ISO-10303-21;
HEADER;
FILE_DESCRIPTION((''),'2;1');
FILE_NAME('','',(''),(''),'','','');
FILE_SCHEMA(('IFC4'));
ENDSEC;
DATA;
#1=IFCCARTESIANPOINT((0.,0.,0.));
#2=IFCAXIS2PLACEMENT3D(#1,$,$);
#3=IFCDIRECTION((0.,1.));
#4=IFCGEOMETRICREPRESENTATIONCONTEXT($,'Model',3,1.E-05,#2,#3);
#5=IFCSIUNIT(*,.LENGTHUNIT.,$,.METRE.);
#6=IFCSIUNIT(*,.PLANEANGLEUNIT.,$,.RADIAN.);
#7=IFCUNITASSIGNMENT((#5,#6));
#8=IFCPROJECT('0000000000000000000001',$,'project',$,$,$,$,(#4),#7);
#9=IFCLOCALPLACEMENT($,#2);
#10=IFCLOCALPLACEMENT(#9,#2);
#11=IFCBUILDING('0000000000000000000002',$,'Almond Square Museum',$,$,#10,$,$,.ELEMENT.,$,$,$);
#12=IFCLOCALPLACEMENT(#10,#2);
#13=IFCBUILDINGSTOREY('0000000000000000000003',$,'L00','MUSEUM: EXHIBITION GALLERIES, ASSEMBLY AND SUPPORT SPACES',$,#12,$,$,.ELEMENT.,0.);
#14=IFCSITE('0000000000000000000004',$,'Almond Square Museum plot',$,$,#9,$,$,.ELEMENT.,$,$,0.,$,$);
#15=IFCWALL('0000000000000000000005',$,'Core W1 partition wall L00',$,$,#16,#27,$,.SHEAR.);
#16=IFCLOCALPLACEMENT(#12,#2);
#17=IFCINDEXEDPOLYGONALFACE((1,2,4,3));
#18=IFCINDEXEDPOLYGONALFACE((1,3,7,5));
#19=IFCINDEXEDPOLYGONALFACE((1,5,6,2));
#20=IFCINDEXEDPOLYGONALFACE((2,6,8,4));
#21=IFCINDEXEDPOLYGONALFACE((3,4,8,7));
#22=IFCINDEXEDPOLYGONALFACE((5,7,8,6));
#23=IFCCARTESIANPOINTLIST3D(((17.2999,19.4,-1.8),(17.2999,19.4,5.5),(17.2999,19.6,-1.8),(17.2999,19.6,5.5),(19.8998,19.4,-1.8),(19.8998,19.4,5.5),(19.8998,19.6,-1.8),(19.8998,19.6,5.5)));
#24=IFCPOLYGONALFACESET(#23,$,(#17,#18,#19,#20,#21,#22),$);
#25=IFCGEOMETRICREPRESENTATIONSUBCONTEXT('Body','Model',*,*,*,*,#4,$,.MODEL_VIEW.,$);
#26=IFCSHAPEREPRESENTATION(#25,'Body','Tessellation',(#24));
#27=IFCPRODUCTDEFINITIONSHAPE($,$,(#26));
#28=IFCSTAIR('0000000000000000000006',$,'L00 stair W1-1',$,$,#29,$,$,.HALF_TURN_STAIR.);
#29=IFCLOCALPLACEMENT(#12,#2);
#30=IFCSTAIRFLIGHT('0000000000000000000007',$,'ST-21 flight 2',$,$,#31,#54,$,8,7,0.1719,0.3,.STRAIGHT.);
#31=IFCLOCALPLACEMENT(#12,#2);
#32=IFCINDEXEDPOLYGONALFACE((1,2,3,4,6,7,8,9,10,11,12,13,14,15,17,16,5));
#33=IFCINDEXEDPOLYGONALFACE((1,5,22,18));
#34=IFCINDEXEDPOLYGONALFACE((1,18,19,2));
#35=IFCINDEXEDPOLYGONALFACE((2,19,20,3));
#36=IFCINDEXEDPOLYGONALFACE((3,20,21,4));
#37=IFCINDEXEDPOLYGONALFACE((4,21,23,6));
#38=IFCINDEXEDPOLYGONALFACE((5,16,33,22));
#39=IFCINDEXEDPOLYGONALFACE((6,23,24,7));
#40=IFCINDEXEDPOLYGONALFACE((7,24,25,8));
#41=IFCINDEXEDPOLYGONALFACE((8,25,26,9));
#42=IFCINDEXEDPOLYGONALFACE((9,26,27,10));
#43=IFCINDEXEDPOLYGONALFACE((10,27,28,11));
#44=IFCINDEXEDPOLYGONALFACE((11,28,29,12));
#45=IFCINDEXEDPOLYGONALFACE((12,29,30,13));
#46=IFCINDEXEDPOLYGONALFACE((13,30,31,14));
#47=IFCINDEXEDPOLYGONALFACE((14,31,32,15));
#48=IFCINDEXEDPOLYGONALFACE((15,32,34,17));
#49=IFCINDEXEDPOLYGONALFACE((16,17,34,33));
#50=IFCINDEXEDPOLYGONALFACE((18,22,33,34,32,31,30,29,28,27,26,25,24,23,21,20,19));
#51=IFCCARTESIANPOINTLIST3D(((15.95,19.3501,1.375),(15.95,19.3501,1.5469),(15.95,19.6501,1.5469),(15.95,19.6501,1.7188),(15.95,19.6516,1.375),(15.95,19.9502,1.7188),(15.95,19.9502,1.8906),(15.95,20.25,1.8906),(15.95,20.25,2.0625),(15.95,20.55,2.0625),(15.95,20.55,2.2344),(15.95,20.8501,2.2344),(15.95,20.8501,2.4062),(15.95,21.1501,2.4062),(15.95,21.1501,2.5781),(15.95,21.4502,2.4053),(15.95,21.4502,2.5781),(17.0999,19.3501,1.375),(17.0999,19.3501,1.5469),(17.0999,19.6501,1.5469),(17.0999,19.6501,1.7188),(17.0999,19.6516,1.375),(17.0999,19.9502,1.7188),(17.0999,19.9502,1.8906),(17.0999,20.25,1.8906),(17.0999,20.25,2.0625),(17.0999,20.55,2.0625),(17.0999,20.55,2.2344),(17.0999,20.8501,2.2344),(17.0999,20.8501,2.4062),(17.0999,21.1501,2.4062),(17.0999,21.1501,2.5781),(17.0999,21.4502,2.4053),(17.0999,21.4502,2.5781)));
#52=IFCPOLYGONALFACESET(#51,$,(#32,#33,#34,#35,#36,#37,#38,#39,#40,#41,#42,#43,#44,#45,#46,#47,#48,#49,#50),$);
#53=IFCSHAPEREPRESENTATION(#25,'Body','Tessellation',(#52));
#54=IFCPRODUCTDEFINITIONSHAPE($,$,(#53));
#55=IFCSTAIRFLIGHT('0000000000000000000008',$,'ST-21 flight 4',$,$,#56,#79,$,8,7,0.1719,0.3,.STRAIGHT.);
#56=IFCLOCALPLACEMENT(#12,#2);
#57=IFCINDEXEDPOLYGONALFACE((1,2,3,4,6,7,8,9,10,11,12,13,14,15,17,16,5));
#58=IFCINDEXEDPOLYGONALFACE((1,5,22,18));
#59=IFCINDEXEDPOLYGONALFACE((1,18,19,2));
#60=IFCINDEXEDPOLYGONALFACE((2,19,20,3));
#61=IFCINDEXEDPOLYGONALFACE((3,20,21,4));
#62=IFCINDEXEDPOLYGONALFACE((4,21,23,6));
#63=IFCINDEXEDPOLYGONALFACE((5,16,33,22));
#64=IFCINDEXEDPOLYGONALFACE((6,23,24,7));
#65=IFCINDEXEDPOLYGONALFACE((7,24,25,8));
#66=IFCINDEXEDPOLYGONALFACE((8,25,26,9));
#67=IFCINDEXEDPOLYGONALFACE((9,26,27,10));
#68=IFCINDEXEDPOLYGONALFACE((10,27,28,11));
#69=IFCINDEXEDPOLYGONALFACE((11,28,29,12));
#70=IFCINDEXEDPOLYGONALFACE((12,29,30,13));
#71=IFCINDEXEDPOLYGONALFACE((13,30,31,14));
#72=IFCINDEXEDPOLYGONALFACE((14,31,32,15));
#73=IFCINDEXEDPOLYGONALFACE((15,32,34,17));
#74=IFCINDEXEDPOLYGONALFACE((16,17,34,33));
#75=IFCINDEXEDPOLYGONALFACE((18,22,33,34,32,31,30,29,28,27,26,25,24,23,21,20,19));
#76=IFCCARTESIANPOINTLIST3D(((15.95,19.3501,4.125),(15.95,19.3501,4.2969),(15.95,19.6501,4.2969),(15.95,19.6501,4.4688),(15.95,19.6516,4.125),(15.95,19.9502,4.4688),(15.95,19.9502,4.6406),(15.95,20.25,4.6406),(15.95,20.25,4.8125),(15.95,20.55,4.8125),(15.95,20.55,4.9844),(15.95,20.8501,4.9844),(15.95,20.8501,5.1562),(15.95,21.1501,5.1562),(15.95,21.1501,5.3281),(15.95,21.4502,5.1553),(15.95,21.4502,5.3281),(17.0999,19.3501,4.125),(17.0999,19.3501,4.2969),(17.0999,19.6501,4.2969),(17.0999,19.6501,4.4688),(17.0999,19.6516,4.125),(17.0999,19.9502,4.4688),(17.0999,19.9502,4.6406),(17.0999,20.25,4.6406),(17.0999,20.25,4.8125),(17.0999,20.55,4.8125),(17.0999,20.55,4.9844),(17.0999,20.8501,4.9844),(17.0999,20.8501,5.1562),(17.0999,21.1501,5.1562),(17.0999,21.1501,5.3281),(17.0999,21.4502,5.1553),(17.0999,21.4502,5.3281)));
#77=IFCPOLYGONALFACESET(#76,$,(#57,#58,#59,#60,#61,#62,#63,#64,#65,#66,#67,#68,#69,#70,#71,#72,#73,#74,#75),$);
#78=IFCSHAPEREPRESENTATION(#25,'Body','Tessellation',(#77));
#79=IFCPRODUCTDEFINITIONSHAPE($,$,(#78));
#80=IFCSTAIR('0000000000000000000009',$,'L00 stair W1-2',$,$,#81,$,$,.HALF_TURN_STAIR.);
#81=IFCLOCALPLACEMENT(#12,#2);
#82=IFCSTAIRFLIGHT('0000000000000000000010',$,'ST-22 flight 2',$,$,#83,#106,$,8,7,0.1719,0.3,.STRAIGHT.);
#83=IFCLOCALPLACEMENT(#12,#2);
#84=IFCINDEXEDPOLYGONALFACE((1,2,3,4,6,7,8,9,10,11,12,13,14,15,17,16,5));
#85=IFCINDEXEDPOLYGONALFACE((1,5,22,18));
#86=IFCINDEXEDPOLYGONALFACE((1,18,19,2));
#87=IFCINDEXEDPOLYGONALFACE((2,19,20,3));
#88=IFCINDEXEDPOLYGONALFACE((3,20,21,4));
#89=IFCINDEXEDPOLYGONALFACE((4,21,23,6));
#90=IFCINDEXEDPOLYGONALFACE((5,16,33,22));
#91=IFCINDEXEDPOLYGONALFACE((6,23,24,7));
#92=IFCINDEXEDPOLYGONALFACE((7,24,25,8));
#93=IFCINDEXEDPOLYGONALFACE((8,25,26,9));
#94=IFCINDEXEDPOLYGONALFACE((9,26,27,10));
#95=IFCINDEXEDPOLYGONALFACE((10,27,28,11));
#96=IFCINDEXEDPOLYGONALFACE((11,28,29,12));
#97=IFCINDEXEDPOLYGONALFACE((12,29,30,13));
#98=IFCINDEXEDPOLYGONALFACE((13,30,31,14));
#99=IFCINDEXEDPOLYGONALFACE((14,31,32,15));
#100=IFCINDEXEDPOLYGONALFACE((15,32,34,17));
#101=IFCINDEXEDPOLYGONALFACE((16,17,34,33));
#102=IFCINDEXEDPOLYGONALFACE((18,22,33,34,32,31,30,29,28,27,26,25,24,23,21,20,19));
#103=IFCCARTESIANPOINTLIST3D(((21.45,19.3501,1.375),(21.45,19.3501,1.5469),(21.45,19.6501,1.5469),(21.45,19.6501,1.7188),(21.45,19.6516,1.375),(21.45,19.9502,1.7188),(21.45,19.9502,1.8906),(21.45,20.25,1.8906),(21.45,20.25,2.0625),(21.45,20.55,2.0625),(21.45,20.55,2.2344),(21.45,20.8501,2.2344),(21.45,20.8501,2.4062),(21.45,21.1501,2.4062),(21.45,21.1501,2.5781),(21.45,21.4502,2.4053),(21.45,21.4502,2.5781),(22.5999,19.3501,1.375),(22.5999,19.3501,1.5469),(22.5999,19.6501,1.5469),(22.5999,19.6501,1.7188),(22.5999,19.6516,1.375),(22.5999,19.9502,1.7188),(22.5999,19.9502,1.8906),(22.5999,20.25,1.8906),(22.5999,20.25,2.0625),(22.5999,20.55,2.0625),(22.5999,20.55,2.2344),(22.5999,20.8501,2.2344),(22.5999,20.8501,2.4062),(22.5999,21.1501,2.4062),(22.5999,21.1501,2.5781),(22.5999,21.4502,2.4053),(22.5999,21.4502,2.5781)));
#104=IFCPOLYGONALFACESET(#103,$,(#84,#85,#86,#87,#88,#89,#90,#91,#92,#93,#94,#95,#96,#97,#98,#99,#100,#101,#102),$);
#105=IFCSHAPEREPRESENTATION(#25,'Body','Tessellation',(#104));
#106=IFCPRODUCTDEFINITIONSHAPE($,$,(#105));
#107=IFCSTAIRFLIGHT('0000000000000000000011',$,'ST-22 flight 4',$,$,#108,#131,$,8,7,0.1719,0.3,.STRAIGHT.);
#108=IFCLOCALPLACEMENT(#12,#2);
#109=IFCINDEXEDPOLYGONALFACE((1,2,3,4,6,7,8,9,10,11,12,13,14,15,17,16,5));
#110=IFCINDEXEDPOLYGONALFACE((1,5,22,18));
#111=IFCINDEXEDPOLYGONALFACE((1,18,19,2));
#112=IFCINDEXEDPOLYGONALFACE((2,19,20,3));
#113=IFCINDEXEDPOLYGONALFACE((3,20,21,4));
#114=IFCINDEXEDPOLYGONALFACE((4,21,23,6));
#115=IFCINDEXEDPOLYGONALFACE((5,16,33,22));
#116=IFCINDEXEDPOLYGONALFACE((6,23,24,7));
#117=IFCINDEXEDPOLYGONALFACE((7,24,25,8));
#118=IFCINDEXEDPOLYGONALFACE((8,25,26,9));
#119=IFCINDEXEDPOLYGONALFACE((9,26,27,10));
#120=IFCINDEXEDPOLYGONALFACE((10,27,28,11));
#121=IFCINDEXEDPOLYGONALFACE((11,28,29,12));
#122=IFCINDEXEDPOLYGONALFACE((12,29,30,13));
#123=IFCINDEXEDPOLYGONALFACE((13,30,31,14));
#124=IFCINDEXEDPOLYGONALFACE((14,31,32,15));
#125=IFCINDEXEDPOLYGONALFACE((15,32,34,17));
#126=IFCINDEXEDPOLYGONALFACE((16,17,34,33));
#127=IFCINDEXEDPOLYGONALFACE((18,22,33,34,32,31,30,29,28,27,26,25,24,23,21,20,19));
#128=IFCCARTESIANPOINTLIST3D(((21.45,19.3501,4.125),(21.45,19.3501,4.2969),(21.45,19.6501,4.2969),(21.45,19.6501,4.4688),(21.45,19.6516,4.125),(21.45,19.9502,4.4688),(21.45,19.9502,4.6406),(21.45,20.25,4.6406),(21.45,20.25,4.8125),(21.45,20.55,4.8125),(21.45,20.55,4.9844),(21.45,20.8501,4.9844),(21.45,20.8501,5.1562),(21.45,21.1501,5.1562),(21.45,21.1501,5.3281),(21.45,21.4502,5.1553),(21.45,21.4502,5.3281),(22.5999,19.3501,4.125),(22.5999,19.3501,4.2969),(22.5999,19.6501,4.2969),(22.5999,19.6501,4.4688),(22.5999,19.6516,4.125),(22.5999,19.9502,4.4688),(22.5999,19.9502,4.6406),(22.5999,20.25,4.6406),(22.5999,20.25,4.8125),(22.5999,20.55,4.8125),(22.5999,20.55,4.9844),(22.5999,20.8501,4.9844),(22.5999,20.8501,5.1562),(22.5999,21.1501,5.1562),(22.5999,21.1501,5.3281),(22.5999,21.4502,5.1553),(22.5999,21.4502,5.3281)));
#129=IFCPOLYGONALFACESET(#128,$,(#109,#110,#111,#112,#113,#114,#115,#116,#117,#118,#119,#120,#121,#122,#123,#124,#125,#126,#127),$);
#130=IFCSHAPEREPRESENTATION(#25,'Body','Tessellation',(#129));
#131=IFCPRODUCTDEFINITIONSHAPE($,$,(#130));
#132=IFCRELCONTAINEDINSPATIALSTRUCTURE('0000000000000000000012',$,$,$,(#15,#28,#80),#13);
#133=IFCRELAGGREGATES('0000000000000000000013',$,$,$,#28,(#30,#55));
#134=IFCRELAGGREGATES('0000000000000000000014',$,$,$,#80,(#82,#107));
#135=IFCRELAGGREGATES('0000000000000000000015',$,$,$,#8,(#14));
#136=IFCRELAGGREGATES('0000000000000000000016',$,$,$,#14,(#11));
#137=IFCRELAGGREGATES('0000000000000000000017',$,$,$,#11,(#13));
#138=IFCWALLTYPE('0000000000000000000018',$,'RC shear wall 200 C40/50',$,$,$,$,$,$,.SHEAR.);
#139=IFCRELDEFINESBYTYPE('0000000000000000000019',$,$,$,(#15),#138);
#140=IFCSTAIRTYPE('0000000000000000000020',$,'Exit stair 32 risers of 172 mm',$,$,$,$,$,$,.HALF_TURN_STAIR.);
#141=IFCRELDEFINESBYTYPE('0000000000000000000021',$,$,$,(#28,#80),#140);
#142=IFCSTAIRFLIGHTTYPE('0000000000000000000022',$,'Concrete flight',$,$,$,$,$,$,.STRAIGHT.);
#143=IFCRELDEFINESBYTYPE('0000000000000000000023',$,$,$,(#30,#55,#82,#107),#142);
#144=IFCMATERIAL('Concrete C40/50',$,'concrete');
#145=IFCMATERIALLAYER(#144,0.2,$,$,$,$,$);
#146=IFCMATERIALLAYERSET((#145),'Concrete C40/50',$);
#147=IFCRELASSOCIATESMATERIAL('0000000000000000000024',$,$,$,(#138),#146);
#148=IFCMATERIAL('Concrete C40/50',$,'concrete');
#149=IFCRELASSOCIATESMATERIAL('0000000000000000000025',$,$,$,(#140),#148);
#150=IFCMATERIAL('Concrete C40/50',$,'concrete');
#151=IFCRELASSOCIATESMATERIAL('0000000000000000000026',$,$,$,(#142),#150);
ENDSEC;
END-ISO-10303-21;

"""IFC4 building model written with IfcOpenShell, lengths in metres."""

from ifc_helpers import new_model, si_unit, direction, frame, frame_2d, origin, place, context, subcontext, project, spatial, polyline, rectangle, outline, extrude, material, layer, layer_set, type_object, element, aggregate, save


model = new_model("IFC4")

# Units and contexts
model_context = context("Model", 3, precision=1e-05, world=origin(), true_north=direction((0.0, 1.0)))
body_context = subcontext(model_context, "Body", "Model", "MODEL_VIEW")
ifc_project = project(units=[si_unit("LENGTHUNIT", "METRE"), si_unit("PLANEANGLEUNIT", "RADIAN")], contexts=[model_context])

# Site, building, storey
site_placement = place(None, origin())
site = spatial("IfcSite", under=ifc_project, at=site_placement, Name="Almond Square Museum plot", CompositionType="ELEMENT", RefElevation=0.0)
building_placement = place(site_placement, origin())
building = spatial("IfcBuilding", under=site, at=building_placement, Name="Almond Square Museum", CompositionType="ELEMENT")
storey_placement = place(building_placement, origin())
storey = spatial("IfcBuildingStorey", under=building, at=storey_placement, Name="L00", Description="MUSEUM: EXHIBITION GALLERIES, ASSEMBLY AND SUPPORT SPACES", CompositionType="ELEMENT", Elevation=0.0)

# Wall
ifc_material_1 = material(Name="Concrete C40/50", Category="concrete")
ifc_layer = layer(ifc_material_1, 0.2)
ifc_layer_set = layer_set([ifc_layer], Name="Concrete C40/50")
wall_type = type_object("IfcWallType", Name="RC shear wall 200 C40/50", PredefinedType="SHEAR", material=ifc_layer_set)
wall_1_placement = place(storey_placement, frame((17.3, 19.5, -1.8), z_axis=(0.0, 0.0, 1.0), x_axis=(1.0, 0.0, 0.0)))
element("IfcWall", 1, at=wall_1_placement, inside=storey, type_object=wall_type, Name="Core W1 partition wall L00", PredefinedType="SHEAR", context=body_context, shape_type="SweptSolid", body=[
    extrude(rectangle(XDim=2.5999, YDim=0.2, at=frame_2d((1.2998, 0.0))), origin(), (0.0, 0.0, 1.0), 7.3),
])

# Stairs, stair flights
ifc_material_2 = material(Name="Concrete C40/50", Category="concrete")
stair_type = type_object("IfcStairType", Name="Exit stair 32 risers of 172 mm", PredefinedType="HALF_TURN_STAIR", material=ifc_material_2)
stair_1_placement = place(storey_placement, origin())
stair_1 = element("IfcStair", 2, at=stair_1_placement, inside=storey, type_object=stair_type, Name="L00 stair W1-1", PredefinedType="HALF_TURN_STAIR")
ifc_material_3 = material(Name="Concrete C40/50", Category="concrete")
stair_flight_type = type_object("IfcStairFlightType", Name="Concrete flight", PredefinedType="STRAIGHT", material=ifc_material_3)
stair_flight_1_placement = place(storey_placement, frame((16.5249, 19.3501, 1.375), z_axis=(0.0, 0.0, 1.0), x_axis=(0.0, 1.0, 0.0)))
stair_flight_1 = element("IfcStairFlight", 3, at=stair_flight_1_placement, type_object=stair_flight_type, Name="ST-21 flight 2", NumberOfRisers=8, NumberOfTreads=7, PredefinedType="STRAIGHT", RiserHeight=0.1719, TreadLength=0.3, context=body_context, shape_type="SweptSolid", body=[
    extrude(outline(polyline([(0.0, 0.0), (0.0, 0.1719), (0.3, 0.1719), (0.3, 0.3438), (0.6001, 0.3438), (0.6001, 0.5156), (0.8999, 0.5156), (0.8999, 0.6875), (1.2, 0.6875), (1.2, 0.8594), (1.5, 0.8594), (1.5, 1.0312), (1.8, 1.0312), (1.8, 1.2031), (2.1001, 1.2031), (2.1001, 1.375), (2.1001, 1.0303), (0.3015, 0.0), (0.0, 0.0)])), frame((0.0, 0.575, 0.0), z_axis=(0.0, -1.0, 0.0), x_axis=(1.0, 0.0, 0.0)), (0.0, 0.0, 1.0), 1.1499),
])
stair_flight_2_placement = place(storey_placement, frame((16.5249, 19.3501, 4.125), z_axis=(0.0, 0.0, 1.0), x_axis=(0.0, 1.0, 0.0)))
stair_flight_2 = element("IfcStairFlight", 4, at=stair_flight_2_placement, type_object=stair_flight_type, Name="ST-21 flight 4", NumberOfRisers=8, NumberOfTreads=7, PredefinedType="STRAIGHT", RiserHeight=0.1719, TreadLength=0.3, context=body_context, shape_type="SweptSolid", body=[
    extrude(outline(polyline([(0.0, 0.0), (0.0, 0.1719), (0.3, 0.1719), (0.3, 0.3438), (0.6001, 0.3438), (0.6001, 0.5156), (0.8999, 0.5156), (0.8999, 0.6875), (1.2, 0.6875), (1.2, 0.8594), (1.5, 0.8594), (1.5, 1.0312), (1.8, 1.0312), (1.8, 1.2031), (2.1001, 1.2031), (2.1001, 1.375), (2.1001, 1.0303), (0.3015, 0.0), (0.0, 0.0)])), frame((0.0, 0.575, 0.0), z_axis=(0.0, -1.0, 0.0), x_axis=(1.0, 0.0, 0.0)), (0.0, 0.0, 1.0), 1.1499),
])
aggregate(stair_1, [stair_flight_1, stair_flight_2])
stair_2_placement = place(storey_placement, origin())
stair_2 = element("IfcStair", 5, at=stair_2_placement, inside=storey, type_object=stair_type, Name="L00 stair W1-2", PredefinedType="HALF_TURN_STAIR")
stair_flight_3_placement = place(storey_placement, frame((22.0249, 19.3501, 1.375), z_axis=(0.0, 0.0, 1.0), x_axis=(0.0, 1.0, 0.0)))
stair_flight_3 = element("IfcStairFlight", 6, at=stair_flight_3_placement, type_object=stair_flight_type, Name="ST-22 flight 2", NumberOfRisers=8, NumberOfTreads=7, PredefinedType="STRAIGHT", RiserHeight=0.1719, TreadLength=0.3, context=body_context, shape_type="SweptSolid", body=[
    extrude(outline(polyline([(0.0, 0.0), (0.0, 0.1719), (0.3, 0.1719), (0.3, 0.3438), (0.6001, 0.3438), (0.6001, 0.5156), (0.8999, 0.5156), (0.8999, 0.6875), (1.2, 0.6875), (1.2, 0.8594), (1.5, 0.8594), (1.5, 1.0312), (1.8, 1.0312), (1.8, 1.2031), (2.1001, 1.2031), (2.1001, 1.375), (2.1001, 1.0303), (0.3015, 0.0), (0.0, 0.0)])), frame((0.0, 0.575, 0.0), z_axis=(0.0, -1.0, 0.0), x_axis=(1.0, 0.0, 0.0)), (0.0, 0.0, 1.0), 1.1499),
])
stair_flight_4_placement = place(storey_placement, frame((22.0249, 19.3501, 4.125), z_axis=(0.0, 0.0, 1.0), x_axis=(0.0, 1.0, 0.0)))
stair_flight_4 = element("IfcStairFlight", 7, at=stair_flight_4_placement, type_object=stair_flight_type, Name="ST-22 flight 4", NumberOfRisers=8, NumberOfTreads=7, PredefinedType="STRAIGHT", RiserHeight=0.1719, TreadLength=0.3, context=body_context, shape_type="SweptSolid", body=[
    extrude(outline(polyline([(0.0, 0.0), (0.0, 0.1719), (0.3, 0.1719), (0.3, 0.3438), (0.6001, 0.3438), (0.6001, 0.5156), (0.8999, 0.5156), (0.8999, 0.6875), (1.2, 0.6875), (1.2, 0.8594), (1.5, 0.8594), (1.5, 1.0312), (1.8, 1.0312), (1.8, 1.2031), (2.1001, 1.2031), (2.1001, 1.375), (2.1001, 1.0303), (0.3015, 0.0), (0.0, 0.0)])), frame((0.0, 0.575, 0.0), z_axis=(0.0, -1.0, 0.0), x_axis=(1.0, 0.0, 0.0)), (0.0, 0.0, 1.0), 1.1499),
])
aggregate(stair_2, [stair_flight_3, stair_flight_4])

save(model, "model.ifc")
